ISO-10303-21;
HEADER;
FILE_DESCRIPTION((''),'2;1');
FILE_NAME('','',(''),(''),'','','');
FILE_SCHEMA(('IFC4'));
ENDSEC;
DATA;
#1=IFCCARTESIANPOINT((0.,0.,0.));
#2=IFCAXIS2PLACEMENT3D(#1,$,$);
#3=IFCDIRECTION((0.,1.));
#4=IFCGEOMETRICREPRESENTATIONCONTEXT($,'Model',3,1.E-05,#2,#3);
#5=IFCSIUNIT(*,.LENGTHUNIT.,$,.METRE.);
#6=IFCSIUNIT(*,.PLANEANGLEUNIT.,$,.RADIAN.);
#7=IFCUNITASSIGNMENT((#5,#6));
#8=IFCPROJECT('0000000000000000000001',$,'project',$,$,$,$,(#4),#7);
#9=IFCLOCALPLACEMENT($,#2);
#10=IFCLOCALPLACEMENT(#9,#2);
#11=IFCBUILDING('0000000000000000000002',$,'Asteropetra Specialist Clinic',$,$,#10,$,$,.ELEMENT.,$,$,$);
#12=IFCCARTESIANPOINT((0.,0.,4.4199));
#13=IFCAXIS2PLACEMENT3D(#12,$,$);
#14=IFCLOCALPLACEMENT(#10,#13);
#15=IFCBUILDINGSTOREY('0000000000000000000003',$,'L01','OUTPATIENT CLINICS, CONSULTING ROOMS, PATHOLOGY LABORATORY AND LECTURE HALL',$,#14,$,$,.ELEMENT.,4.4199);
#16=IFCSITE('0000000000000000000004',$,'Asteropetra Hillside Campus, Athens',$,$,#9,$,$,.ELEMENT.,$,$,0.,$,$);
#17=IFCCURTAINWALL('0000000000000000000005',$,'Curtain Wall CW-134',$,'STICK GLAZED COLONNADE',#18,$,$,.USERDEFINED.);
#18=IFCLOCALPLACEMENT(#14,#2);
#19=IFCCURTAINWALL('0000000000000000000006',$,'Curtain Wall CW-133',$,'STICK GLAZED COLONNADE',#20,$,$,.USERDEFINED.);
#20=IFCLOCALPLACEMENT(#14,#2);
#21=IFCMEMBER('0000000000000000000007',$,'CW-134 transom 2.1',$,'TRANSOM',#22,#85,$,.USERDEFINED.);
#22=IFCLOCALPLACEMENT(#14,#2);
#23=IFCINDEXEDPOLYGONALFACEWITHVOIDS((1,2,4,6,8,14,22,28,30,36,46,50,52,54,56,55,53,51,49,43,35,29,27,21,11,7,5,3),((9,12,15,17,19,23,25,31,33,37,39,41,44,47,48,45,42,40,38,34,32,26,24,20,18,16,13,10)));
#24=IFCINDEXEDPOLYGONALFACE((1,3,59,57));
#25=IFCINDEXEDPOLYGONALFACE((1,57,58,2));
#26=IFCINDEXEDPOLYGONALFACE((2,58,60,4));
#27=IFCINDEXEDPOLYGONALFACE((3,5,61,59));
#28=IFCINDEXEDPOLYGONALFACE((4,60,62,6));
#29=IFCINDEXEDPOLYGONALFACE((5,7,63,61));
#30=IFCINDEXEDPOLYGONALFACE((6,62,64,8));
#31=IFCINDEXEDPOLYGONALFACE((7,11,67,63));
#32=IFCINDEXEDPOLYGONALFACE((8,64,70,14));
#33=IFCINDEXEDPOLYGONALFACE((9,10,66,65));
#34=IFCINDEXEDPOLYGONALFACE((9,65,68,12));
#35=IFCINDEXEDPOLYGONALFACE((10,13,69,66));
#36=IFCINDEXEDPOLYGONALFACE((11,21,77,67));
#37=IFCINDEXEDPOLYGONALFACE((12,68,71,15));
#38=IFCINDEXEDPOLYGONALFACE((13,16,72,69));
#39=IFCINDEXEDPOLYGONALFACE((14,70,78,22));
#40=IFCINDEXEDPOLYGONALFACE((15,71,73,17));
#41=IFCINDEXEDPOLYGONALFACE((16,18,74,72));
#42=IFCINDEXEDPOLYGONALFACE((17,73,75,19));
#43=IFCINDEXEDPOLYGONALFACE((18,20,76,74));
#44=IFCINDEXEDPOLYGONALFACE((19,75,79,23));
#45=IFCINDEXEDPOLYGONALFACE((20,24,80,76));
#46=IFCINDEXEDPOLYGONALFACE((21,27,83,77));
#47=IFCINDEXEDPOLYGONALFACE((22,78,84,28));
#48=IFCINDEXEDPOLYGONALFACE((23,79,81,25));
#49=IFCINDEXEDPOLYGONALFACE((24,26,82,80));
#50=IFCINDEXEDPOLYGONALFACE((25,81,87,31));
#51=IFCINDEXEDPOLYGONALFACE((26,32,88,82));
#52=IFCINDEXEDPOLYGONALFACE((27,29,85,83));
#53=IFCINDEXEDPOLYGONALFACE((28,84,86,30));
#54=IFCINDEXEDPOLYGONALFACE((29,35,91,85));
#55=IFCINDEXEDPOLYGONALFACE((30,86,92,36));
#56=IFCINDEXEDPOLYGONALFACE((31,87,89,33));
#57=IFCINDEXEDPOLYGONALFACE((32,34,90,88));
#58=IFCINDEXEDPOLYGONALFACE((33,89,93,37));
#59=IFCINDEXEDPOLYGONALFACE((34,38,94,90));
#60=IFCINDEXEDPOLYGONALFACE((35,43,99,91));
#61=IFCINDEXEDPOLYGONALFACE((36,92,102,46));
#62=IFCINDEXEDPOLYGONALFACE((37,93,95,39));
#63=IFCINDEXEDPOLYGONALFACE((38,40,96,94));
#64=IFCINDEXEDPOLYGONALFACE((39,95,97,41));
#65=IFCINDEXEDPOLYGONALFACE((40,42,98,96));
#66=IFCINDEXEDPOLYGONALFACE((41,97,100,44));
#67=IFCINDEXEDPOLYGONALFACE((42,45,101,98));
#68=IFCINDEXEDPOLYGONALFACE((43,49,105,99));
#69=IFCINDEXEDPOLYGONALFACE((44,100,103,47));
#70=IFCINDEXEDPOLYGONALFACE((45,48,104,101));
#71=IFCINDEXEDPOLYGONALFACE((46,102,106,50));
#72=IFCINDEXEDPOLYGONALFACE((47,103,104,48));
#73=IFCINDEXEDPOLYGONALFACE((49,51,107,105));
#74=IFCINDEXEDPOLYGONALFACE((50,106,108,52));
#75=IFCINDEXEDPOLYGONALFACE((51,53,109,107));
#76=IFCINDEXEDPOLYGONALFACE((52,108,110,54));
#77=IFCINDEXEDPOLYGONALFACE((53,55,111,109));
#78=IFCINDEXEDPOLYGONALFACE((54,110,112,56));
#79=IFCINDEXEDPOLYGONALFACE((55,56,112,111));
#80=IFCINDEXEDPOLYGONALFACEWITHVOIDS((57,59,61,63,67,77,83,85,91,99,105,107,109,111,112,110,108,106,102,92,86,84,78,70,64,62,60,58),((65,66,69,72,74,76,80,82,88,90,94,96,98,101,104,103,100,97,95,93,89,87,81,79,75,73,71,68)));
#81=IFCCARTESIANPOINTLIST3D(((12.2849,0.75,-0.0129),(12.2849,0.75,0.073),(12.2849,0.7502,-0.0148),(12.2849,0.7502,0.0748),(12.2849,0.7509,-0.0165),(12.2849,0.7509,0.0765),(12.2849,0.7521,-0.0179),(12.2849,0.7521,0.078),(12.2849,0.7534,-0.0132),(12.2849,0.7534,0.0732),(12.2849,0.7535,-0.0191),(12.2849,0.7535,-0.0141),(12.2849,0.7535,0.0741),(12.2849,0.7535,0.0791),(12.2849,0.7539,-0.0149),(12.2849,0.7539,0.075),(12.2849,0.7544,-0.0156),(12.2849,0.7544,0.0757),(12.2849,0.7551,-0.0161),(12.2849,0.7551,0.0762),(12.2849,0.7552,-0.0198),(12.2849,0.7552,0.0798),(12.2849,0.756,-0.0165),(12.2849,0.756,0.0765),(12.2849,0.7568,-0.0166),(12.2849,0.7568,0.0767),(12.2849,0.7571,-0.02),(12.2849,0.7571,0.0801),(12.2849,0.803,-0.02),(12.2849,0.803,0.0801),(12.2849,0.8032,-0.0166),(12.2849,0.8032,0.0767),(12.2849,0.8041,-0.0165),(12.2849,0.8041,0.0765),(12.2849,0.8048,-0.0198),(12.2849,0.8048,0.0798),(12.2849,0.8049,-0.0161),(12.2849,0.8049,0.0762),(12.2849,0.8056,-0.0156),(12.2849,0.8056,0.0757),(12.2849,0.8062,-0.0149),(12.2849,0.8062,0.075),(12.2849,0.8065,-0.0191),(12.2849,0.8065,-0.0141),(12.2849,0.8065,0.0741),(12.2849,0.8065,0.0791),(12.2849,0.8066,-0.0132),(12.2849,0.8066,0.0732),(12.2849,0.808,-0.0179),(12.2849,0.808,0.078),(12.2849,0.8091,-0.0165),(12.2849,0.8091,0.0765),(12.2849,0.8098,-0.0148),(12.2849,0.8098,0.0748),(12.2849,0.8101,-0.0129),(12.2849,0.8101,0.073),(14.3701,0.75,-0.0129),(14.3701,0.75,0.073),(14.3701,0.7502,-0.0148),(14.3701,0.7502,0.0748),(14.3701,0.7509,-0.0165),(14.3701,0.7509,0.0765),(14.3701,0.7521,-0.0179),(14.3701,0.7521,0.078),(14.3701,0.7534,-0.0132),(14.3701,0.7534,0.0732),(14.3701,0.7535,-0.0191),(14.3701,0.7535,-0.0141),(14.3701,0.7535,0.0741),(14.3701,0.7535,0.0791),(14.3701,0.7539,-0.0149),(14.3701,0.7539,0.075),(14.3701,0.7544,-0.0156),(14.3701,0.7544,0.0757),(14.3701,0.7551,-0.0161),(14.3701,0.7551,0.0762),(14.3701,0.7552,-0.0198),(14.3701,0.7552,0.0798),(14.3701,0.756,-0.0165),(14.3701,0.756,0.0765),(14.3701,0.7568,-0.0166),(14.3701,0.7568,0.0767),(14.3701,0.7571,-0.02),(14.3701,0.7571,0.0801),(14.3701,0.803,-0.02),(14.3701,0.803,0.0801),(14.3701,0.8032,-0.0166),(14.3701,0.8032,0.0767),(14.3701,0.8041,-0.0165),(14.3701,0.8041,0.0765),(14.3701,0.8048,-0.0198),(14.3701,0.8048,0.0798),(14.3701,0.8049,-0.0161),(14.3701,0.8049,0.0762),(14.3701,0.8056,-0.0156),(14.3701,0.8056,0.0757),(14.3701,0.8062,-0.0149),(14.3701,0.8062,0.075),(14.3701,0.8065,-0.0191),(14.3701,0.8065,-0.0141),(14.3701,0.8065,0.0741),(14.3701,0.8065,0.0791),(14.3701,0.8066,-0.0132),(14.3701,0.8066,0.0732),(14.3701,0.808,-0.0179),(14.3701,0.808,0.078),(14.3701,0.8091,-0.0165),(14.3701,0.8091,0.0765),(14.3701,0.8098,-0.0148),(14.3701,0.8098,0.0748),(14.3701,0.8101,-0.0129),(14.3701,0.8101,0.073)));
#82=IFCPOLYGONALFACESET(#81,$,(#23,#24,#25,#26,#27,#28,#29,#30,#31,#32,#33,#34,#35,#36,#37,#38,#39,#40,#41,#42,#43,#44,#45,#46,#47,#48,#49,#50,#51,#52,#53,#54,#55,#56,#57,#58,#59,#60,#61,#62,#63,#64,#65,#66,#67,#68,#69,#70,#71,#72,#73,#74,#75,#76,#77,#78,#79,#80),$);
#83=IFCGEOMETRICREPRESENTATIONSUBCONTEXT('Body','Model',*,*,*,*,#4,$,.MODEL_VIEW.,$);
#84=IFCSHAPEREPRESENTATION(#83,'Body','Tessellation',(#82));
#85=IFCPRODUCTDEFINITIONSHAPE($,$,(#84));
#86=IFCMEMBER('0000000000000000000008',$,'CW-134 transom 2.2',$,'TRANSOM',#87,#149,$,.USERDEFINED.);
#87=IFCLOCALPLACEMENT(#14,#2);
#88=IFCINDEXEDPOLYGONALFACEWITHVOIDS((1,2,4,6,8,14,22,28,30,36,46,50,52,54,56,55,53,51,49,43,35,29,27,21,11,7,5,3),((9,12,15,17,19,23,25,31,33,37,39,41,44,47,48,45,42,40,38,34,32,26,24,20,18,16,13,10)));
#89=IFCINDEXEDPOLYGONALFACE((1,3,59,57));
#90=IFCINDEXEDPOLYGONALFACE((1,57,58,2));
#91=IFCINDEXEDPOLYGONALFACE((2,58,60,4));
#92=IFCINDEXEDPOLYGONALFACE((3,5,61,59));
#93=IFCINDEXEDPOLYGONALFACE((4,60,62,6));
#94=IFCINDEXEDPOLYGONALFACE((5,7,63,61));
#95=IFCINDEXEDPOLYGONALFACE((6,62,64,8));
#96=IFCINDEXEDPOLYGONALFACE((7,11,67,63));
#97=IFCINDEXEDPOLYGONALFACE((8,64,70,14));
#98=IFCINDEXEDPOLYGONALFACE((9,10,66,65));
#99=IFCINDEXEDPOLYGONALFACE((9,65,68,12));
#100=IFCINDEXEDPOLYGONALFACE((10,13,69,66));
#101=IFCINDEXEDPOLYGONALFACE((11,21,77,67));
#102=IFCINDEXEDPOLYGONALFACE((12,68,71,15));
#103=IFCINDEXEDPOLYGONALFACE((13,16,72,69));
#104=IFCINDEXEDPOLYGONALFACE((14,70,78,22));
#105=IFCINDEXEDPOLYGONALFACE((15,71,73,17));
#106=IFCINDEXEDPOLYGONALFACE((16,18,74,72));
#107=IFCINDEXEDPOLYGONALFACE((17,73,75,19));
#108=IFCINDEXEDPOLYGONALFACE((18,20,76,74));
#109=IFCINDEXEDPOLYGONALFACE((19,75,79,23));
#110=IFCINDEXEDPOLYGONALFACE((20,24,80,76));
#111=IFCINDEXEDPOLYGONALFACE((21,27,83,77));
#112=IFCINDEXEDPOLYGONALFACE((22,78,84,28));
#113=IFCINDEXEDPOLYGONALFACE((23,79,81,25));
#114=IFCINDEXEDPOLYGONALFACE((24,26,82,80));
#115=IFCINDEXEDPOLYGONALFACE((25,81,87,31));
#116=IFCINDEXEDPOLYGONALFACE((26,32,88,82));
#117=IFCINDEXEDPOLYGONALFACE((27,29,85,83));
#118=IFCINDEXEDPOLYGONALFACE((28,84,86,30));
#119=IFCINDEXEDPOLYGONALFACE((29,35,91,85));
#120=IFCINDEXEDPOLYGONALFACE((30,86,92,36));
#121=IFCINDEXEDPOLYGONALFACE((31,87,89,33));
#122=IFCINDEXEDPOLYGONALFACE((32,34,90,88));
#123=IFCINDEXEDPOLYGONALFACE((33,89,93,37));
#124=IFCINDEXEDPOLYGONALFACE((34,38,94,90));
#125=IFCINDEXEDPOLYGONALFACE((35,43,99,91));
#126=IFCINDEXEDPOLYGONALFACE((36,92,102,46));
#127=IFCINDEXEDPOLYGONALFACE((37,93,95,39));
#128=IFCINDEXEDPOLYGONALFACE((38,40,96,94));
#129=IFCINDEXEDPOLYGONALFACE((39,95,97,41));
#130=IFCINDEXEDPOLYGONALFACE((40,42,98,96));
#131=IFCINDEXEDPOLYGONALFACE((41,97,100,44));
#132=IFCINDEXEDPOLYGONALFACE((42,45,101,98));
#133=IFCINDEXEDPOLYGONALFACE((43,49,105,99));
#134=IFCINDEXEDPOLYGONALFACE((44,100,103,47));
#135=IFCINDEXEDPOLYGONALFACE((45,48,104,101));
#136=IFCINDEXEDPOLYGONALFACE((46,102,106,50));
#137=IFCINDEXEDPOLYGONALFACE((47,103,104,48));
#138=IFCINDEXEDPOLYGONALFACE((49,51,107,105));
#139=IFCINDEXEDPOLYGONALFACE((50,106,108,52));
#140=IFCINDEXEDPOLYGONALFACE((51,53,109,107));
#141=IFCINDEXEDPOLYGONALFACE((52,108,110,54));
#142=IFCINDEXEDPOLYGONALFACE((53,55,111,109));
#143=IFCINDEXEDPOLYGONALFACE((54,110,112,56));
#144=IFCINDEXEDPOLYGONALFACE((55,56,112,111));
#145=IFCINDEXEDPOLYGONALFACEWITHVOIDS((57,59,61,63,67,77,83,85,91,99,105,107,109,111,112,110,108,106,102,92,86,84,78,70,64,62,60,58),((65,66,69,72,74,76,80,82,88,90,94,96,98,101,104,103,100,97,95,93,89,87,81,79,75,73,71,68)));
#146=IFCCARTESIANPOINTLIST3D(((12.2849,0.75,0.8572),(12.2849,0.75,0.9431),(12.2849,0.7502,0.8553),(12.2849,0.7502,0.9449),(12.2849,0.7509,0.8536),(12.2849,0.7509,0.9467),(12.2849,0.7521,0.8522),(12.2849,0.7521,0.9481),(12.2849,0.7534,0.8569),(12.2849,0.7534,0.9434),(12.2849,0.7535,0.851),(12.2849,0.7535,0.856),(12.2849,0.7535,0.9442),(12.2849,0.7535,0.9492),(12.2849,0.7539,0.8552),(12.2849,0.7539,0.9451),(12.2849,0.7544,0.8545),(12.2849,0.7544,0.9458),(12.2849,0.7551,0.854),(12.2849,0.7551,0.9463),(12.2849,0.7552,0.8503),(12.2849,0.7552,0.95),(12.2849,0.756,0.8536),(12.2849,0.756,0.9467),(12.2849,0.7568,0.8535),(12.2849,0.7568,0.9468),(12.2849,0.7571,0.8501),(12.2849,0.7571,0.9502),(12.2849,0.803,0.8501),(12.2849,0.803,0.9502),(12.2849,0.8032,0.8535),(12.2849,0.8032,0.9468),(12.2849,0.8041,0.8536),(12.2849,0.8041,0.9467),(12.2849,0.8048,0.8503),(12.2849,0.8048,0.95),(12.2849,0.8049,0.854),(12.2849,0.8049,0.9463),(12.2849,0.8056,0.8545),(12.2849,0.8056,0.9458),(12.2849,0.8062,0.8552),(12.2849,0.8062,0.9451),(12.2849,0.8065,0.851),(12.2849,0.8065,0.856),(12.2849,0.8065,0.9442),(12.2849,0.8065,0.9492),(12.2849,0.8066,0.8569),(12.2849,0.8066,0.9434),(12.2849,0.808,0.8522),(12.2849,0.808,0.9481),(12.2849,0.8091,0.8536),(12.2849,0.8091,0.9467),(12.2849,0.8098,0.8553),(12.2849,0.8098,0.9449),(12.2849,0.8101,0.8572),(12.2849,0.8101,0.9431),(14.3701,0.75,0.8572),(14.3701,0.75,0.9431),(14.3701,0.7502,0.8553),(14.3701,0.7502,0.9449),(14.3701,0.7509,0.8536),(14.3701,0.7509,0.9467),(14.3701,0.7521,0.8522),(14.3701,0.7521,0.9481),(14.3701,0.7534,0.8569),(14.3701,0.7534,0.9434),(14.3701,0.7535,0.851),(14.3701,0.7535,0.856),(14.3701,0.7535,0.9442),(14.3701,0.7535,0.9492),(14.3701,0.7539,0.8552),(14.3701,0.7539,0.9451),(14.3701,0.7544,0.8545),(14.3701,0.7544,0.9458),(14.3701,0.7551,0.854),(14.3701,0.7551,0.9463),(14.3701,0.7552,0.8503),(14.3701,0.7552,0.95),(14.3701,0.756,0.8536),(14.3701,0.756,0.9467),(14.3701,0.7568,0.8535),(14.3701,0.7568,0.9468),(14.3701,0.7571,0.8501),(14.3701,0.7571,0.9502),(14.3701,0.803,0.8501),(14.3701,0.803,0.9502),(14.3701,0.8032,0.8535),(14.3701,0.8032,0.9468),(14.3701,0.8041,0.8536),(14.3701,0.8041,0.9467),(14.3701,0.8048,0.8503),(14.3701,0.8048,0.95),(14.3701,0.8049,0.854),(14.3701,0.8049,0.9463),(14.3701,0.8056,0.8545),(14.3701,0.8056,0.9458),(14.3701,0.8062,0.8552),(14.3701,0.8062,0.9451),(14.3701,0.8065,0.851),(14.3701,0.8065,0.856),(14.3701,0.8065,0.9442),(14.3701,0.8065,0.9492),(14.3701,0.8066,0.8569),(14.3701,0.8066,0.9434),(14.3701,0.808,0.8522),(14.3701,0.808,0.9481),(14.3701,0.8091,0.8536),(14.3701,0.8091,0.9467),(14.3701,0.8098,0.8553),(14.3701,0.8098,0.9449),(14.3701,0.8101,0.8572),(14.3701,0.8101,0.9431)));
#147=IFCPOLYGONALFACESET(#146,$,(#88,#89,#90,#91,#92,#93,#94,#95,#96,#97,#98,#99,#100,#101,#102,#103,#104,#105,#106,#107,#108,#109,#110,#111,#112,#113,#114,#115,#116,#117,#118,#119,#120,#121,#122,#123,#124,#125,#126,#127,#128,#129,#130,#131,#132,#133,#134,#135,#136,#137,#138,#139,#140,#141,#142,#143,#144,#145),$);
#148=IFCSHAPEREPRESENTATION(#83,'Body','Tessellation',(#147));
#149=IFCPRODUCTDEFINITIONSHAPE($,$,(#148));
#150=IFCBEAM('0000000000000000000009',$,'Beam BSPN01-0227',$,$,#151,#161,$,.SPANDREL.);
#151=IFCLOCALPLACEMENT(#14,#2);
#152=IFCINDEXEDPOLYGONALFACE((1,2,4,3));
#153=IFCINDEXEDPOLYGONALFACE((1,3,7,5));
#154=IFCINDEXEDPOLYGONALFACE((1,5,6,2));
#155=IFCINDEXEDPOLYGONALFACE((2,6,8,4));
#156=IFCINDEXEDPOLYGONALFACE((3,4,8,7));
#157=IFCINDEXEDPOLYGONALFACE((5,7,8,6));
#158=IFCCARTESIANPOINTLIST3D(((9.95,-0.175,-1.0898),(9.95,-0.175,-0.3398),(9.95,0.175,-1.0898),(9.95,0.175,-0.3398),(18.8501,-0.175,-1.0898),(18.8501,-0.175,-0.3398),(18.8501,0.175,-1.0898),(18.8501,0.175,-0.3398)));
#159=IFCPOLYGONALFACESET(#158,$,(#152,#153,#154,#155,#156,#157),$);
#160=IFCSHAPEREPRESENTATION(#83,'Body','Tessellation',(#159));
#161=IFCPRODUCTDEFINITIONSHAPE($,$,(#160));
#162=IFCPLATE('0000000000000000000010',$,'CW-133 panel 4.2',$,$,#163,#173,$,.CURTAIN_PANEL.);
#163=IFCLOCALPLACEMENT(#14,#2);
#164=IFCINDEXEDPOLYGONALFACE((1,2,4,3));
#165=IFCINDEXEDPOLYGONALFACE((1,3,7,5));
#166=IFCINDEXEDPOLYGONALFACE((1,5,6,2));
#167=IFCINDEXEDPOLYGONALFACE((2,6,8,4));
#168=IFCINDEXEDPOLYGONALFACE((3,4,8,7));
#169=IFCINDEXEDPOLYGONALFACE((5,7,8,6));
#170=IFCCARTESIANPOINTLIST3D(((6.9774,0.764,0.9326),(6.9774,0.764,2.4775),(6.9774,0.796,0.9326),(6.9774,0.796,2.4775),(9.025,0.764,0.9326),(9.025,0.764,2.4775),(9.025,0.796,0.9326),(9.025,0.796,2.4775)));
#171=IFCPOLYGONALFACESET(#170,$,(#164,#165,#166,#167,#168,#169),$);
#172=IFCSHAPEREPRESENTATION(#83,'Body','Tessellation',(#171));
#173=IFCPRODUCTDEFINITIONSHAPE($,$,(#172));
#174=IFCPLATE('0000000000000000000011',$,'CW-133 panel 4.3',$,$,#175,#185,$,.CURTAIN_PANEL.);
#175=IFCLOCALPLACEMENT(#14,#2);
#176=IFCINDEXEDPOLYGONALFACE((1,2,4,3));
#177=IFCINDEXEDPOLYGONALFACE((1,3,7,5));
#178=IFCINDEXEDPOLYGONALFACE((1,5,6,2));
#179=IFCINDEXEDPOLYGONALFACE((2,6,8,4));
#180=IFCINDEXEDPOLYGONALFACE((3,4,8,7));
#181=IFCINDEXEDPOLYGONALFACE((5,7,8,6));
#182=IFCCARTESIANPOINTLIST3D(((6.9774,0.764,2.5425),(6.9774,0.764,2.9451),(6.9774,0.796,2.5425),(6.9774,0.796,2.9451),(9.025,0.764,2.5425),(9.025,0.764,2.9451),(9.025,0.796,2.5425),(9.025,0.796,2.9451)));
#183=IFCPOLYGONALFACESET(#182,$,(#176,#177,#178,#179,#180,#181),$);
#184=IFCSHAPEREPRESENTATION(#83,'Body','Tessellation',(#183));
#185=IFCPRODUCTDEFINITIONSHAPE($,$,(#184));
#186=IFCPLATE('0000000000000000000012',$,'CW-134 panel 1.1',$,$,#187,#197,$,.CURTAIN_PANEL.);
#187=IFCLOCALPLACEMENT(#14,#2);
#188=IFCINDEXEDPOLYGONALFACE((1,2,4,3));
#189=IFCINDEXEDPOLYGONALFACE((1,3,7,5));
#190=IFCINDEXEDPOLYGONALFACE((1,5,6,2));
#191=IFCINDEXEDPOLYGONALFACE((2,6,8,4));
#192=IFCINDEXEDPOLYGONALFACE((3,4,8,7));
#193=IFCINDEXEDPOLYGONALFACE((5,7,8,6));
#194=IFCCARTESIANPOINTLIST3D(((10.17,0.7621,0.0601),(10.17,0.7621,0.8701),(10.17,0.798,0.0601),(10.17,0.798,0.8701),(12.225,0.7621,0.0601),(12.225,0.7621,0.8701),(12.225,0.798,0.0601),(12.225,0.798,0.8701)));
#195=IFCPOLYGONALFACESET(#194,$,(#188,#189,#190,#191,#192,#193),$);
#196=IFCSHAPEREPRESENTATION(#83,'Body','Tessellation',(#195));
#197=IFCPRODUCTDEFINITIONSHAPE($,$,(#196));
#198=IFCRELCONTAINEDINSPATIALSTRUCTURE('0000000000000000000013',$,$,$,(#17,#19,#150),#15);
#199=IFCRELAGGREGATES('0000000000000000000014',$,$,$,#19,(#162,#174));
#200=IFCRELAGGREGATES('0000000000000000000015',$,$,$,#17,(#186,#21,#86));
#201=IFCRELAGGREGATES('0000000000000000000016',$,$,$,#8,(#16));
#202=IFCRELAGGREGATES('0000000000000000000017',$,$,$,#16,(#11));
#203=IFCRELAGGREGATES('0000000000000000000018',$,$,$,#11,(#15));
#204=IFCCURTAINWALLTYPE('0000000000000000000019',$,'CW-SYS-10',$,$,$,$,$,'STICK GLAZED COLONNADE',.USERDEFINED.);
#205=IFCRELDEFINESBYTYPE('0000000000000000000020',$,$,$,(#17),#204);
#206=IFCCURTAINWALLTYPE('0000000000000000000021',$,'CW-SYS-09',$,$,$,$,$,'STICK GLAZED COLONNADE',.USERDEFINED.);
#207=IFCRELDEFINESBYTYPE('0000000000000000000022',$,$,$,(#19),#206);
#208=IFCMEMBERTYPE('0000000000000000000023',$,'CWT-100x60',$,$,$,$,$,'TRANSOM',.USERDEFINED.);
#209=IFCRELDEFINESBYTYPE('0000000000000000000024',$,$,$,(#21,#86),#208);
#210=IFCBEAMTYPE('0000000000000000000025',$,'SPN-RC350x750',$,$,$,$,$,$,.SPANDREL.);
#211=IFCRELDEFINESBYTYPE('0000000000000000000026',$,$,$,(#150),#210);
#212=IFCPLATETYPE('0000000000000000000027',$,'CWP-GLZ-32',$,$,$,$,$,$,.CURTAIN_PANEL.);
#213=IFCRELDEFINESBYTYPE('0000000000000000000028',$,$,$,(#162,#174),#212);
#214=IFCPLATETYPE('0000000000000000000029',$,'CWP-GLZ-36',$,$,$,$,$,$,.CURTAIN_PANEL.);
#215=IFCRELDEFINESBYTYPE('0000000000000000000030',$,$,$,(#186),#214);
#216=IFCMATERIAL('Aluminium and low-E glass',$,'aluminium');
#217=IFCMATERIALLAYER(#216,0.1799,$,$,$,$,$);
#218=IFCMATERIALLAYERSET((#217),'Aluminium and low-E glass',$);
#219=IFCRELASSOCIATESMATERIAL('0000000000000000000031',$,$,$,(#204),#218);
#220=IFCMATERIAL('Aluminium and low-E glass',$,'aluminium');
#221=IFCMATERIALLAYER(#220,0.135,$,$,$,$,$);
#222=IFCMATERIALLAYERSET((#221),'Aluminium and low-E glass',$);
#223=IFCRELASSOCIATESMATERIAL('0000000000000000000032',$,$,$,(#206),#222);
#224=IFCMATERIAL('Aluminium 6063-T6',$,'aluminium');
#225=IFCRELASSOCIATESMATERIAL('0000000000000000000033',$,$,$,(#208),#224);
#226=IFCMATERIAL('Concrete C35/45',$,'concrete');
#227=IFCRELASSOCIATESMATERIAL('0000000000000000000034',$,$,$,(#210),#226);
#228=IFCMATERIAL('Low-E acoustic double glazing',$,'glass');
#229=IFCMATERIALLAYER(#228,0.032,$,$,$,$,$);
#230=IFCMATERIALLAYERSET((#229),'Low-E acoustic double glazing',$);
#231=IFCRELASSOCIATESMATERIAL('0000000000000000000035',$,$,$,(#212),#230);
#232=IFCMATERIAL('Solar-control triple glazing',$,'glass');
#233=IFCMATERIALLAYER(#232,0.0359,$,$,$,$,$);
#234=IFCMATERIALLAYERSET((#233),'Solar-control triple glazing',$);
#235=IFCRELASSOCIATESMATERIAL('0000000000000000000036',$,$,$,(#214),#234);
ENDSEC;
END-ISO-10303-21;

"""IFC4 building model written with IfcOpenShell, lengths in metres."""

from ifc_helpers import new_model, si_unit, direction, frame, origin, origin_2d, place, context, subcontext, project, spatial, rectangle, hollow_rectangle, extrude, material, layer, layer_set, material_profile, profile_set, type_object, element, aggregate, save


model = new_model("IFC4")

# Units and contexts
model_context = context("Model", 3, precision=1e-05, world=origin(), true_north=direction((0.0, 1.0)))
body_context = subcontext(model_context, "Body", "Model", "MODEL_VIEW")
ifc_project = project(units=[si_unit("LENGTHUNIT", "METRE"), si_unit("PLANEANGLEUNIT", "RADIAN")], contexts=[model_context])

# Site, building, storey
site_placement = place(None, origin())
site = spatial("IfcSite", under=ifc_project, at=site_placement, Name="Asteropetra Hillside Campus, Athens", CompositionType="ELEMENT", RefElevation=0.0)
building_placement = place(site_placement, origin())
building = spatial("IfcBuilding", under=site, at=building_placement, Name="Asteropetra Specialist Clinic", CompositionType="ELEMENT")
storey_placement = place(building_placement, frame((0.0, 0.0, 4.4199)))
storey = spatial("IfcBuildingStorey", under=building, at=storey_placement, Name="L01", Description="OUTPATIENT CLINICS, CONSULTING ROOMS, PATHOLOGY LABORATORY AND LECTURE HALL", CompositionType="ELEMENT", Elevation=4.4199)

# Curtain wall
ifc_material_1 = material(Name="Aluminium and low-E glass", Category="aluminium")
ifc_layer_1 = layer(ifc_material_1, 0.1799)
ifc_layer_set_1 = layer_set([ifc_layer_1], Name="Aluminium and low-E glass")
curtain_wall_type_1 = type_object("IfcCurtainWallType", Name="CW-SYS-10", ElementType="STICK GLAZED COLONNADE", PredefinedType="USERDEFINED", material=ifc_layer_set_1)
curtain_wall_1_placement = place(storey_placement, origin())
curtain_wall_1 = element("IfcCurtainWall", 1, at=curtain_wall_1_placement, inside=storey, type_object=curtain_wall_type_1, Name="Curtain Wall CW-134", ObjectType="STICK GLAZED COLONNADE", PredefinedType="USERDEFINED")

# Curtain wall
ifc_material_2 = material(Name="Aluminium and low-E glass", Category="aluminium")
ifc_layer_2 = layer(ifc_material_2, 0.135)
ifc_layer_set_2 = layer_set([ifc_layer_2], Name="Aluminium and low-E glass")
curtain_wall_type_2 = type_object("IfcCurtainWallType", Name="CW-SYS-09", ElementType="STICK GLAZED COLONNADE", PredefinedType="USERDEFINED", material=ifc_layer_set_2)
curtain_wall_2_placement = place(storey_placement, origin())
curtain_wall_2 = element("IfcCurtainWall", 2, at=curtain_wall_2_placement, inside=storey, type_object=curtain_wall_type_2, Name="Curtain Wall CW-133", ObjectType="STICK GLAZED COLONNADE", PredefinedType="USERDEFINED")

# Members
ifc_material_3 = material(Name="Aluminium 6063-T6", Category="aluminium")
ifc_material_profile_1 = material_profile(ifc_material_3, hollow_rectangle(XDim=0.0601, YDim=0.1001, WallThickness=0.0034, InnerFilletRadius=0.0034, OuterFilletRadius=0.0071, at=origin_2d()), Name="TRN 100x60x3.5")
ifc_profile_set_1 = profile_set([ifc_material_profile_1], Name="Aluminium 6063-T6")
member_type_1 = type_object("IfcMemberType", Name="CWT-100x60", ElementType="TRANSOM", PredefinedType="USERDEFINED", material=ifc_profile_set_1)
member_1_placement = place(storey_placement, frame((12.2849, 0.78, 0.03), z_axis=(1.0, 0.0, 0.0), x_axis=(0.0, 1.0, 0.0)))
member_1 = element("IfcMember", 3, at=member_1_placement, type_object=member_type_1, Name="CW-134 transom 2.1", ObjectType="TRANSOM", PredefinedType="USERDEFINED", context=body_context, shape_type="SweptSolid", body=[
    extrude(hollow_rectangle(XDim=0.0601, YDim=0.1001, WallThickness=0.0034, InnerFilletRadius=0.0034, OuterFilletRadius=0.0071, at=origin_2d()), origin(), (0.0, 0.0, 1.0), 2.0852),
])
member_2_placement = place(storey_placement, frame((12.2849, 0.78, 0.9001), z_axis=(1.0, 0.0, 0.0), x_axis=(0.0, 1.0, 0.0)))
member_2 = element("IfcMember", 4, at=member_2_placement, type_object=member_type_1, Name="CW-134 transom 2.2", ObjectType="TRANSOM", PredefinedType="USERDEFINED", context=body_context, shape_type="SweptSolid", body=[
    extrude(hollow_rectangle(XDim=0.0601, YDim=0.1001, WallThickness=0.0034, InnerFilletRadius=0.0034, OuterFilletRadius=0.0071, at=origin_2d()), origin(), (0.0, 0.0, 1.0), 2.0852),
])

# Beam
ifc_material_4 = material(Name="Concrete C35/45", Category="concrete")
ifc_material_profile_2 = material_profile(ifc_material_4, rectangle(XDim=0.3501, YDim=0.75, at=origin_2d()), Name="RCS 350x750")
ifc_profile_set_2 = profile_set([ifc_material_profile_2], Name="Concrete C35/45")
beam_type_1 = type_object("IfcBeamType", Name="SPN-RC350x750", PredefinedType="SPANDREL", material=ifc_profile_set_2)
beam_1_placement = place(storey_placement, frame((9.95, 0.0, -0.7148), z_axis=(1.0, 0.0, 0.0), x_axis=(0.0, 1.0, 0.0)))
element("IfcBeam", 5, at=beam_1_placement, inside=storey, type_object=beam_type_1, Name="Beam BSPN01-0227", PredefinedType="SPANDREL", context=body_context, shape_type="SweptSolid", body=[
    extrude(rectangle(XDim=0.3501, YDim=0.75, at=origin_2d()), origin(), (0.0, 0.0, 1.0), 8.9001),
])

# Plates
ifc_material_5 = material(Name="Low-E acoustic double glazing", Category="glass")
ifc_layer_3 = layer(ifc_material_5, 0.032)
ifc_layer_set_3 = layer_set([ifc_layer_3], Name="Low-E acoustic double glazing")
plate_type_1 = type_object("IfcPlateType", Name="CWP-GLZ-32", PredefinedType="CURTAIN_PANEL", material=ifc_layer_set_3)
plate_1_placement = place(storey_placement, frame((8.0012, 0.78, 0.9326), z_axis=(0.0, 0.0, 1.0), x_axis=(1.0, 0.0, 0.0)))
plate_1 = element("IfcPlate", 6, at=plate_1_placement, type_object=plate_type_1, Name="CW-133 panel 4.2", PredefinedType="CURTAIN_PANEL", context=body_context, shape_type="SweptSolid", body=[
    extrude(rectangle(XDim=2.0476, YDim=0.032, at=origin_2d()), origin(), (0.0, 0.0, 1.0), 1.5449),
])
plate_2_placement = place(storey_placement, frame((8.0012, 0.78, 2.5425), z_axis=(0.0, 0.0, 1.0), x_axis=(1.0, 0.0, 0.0)))
plate_2 = element("IfcPlate", 7, at=plate_2_placement, type_object=plate_type_1, Name="CW-133 panel 4.3", PredefinedType="CURTAIN_PANEL", context=body_context, shape_type="SweptSolid", body=[
    extrude(rectangle(XDim=2.0476, YDim=0.032, at=origin_2d()), origin(), (0.0, 0.0, 1.0), 0.4026),
])
aggregate(curtain_wall_2, [plate_1, plate_2])
ifc_material_6 = material(Name="Solar-control triple glazing", Category="glass")
ifc_layer_4 = layer(ifc_material_6, 0.0359)
ifc_layer_set_4 = layer_set([ifc_layer_4], Name="Solar-control triple glazing")
plate_type_2 = type_object("IfcPlateType", Name="CWP-GLZ-36", PredefinedType="CURTAIN_PANEL", material=ifc_layer_set_4)
plate_3_placement = place(storey_placement, frame((11.1975, 0.78, 0.0601), z_axis=(0.0, 0.0, 1.0), x_axis=(1.0, 0.0, 0.0)))
plate_3 = element("IfcPlate", 8, at=plate_3_placement, type_object=plate_type_2, Name="CW-134 panel 1.1", PredefinedType="CURTAIN_PANEL", context=body_context, shape_type="SweptSolid", body=[
    extrude(rectangle(XDim=2.0549, YDim=0.0359, at=origin_2d()), origin(), (0.0, 0.0, 1.0), 0.8101),
])
aggregate(curtain_wall_1, [plate_3, member_1, member_2])

save(model, "model.ifc")
